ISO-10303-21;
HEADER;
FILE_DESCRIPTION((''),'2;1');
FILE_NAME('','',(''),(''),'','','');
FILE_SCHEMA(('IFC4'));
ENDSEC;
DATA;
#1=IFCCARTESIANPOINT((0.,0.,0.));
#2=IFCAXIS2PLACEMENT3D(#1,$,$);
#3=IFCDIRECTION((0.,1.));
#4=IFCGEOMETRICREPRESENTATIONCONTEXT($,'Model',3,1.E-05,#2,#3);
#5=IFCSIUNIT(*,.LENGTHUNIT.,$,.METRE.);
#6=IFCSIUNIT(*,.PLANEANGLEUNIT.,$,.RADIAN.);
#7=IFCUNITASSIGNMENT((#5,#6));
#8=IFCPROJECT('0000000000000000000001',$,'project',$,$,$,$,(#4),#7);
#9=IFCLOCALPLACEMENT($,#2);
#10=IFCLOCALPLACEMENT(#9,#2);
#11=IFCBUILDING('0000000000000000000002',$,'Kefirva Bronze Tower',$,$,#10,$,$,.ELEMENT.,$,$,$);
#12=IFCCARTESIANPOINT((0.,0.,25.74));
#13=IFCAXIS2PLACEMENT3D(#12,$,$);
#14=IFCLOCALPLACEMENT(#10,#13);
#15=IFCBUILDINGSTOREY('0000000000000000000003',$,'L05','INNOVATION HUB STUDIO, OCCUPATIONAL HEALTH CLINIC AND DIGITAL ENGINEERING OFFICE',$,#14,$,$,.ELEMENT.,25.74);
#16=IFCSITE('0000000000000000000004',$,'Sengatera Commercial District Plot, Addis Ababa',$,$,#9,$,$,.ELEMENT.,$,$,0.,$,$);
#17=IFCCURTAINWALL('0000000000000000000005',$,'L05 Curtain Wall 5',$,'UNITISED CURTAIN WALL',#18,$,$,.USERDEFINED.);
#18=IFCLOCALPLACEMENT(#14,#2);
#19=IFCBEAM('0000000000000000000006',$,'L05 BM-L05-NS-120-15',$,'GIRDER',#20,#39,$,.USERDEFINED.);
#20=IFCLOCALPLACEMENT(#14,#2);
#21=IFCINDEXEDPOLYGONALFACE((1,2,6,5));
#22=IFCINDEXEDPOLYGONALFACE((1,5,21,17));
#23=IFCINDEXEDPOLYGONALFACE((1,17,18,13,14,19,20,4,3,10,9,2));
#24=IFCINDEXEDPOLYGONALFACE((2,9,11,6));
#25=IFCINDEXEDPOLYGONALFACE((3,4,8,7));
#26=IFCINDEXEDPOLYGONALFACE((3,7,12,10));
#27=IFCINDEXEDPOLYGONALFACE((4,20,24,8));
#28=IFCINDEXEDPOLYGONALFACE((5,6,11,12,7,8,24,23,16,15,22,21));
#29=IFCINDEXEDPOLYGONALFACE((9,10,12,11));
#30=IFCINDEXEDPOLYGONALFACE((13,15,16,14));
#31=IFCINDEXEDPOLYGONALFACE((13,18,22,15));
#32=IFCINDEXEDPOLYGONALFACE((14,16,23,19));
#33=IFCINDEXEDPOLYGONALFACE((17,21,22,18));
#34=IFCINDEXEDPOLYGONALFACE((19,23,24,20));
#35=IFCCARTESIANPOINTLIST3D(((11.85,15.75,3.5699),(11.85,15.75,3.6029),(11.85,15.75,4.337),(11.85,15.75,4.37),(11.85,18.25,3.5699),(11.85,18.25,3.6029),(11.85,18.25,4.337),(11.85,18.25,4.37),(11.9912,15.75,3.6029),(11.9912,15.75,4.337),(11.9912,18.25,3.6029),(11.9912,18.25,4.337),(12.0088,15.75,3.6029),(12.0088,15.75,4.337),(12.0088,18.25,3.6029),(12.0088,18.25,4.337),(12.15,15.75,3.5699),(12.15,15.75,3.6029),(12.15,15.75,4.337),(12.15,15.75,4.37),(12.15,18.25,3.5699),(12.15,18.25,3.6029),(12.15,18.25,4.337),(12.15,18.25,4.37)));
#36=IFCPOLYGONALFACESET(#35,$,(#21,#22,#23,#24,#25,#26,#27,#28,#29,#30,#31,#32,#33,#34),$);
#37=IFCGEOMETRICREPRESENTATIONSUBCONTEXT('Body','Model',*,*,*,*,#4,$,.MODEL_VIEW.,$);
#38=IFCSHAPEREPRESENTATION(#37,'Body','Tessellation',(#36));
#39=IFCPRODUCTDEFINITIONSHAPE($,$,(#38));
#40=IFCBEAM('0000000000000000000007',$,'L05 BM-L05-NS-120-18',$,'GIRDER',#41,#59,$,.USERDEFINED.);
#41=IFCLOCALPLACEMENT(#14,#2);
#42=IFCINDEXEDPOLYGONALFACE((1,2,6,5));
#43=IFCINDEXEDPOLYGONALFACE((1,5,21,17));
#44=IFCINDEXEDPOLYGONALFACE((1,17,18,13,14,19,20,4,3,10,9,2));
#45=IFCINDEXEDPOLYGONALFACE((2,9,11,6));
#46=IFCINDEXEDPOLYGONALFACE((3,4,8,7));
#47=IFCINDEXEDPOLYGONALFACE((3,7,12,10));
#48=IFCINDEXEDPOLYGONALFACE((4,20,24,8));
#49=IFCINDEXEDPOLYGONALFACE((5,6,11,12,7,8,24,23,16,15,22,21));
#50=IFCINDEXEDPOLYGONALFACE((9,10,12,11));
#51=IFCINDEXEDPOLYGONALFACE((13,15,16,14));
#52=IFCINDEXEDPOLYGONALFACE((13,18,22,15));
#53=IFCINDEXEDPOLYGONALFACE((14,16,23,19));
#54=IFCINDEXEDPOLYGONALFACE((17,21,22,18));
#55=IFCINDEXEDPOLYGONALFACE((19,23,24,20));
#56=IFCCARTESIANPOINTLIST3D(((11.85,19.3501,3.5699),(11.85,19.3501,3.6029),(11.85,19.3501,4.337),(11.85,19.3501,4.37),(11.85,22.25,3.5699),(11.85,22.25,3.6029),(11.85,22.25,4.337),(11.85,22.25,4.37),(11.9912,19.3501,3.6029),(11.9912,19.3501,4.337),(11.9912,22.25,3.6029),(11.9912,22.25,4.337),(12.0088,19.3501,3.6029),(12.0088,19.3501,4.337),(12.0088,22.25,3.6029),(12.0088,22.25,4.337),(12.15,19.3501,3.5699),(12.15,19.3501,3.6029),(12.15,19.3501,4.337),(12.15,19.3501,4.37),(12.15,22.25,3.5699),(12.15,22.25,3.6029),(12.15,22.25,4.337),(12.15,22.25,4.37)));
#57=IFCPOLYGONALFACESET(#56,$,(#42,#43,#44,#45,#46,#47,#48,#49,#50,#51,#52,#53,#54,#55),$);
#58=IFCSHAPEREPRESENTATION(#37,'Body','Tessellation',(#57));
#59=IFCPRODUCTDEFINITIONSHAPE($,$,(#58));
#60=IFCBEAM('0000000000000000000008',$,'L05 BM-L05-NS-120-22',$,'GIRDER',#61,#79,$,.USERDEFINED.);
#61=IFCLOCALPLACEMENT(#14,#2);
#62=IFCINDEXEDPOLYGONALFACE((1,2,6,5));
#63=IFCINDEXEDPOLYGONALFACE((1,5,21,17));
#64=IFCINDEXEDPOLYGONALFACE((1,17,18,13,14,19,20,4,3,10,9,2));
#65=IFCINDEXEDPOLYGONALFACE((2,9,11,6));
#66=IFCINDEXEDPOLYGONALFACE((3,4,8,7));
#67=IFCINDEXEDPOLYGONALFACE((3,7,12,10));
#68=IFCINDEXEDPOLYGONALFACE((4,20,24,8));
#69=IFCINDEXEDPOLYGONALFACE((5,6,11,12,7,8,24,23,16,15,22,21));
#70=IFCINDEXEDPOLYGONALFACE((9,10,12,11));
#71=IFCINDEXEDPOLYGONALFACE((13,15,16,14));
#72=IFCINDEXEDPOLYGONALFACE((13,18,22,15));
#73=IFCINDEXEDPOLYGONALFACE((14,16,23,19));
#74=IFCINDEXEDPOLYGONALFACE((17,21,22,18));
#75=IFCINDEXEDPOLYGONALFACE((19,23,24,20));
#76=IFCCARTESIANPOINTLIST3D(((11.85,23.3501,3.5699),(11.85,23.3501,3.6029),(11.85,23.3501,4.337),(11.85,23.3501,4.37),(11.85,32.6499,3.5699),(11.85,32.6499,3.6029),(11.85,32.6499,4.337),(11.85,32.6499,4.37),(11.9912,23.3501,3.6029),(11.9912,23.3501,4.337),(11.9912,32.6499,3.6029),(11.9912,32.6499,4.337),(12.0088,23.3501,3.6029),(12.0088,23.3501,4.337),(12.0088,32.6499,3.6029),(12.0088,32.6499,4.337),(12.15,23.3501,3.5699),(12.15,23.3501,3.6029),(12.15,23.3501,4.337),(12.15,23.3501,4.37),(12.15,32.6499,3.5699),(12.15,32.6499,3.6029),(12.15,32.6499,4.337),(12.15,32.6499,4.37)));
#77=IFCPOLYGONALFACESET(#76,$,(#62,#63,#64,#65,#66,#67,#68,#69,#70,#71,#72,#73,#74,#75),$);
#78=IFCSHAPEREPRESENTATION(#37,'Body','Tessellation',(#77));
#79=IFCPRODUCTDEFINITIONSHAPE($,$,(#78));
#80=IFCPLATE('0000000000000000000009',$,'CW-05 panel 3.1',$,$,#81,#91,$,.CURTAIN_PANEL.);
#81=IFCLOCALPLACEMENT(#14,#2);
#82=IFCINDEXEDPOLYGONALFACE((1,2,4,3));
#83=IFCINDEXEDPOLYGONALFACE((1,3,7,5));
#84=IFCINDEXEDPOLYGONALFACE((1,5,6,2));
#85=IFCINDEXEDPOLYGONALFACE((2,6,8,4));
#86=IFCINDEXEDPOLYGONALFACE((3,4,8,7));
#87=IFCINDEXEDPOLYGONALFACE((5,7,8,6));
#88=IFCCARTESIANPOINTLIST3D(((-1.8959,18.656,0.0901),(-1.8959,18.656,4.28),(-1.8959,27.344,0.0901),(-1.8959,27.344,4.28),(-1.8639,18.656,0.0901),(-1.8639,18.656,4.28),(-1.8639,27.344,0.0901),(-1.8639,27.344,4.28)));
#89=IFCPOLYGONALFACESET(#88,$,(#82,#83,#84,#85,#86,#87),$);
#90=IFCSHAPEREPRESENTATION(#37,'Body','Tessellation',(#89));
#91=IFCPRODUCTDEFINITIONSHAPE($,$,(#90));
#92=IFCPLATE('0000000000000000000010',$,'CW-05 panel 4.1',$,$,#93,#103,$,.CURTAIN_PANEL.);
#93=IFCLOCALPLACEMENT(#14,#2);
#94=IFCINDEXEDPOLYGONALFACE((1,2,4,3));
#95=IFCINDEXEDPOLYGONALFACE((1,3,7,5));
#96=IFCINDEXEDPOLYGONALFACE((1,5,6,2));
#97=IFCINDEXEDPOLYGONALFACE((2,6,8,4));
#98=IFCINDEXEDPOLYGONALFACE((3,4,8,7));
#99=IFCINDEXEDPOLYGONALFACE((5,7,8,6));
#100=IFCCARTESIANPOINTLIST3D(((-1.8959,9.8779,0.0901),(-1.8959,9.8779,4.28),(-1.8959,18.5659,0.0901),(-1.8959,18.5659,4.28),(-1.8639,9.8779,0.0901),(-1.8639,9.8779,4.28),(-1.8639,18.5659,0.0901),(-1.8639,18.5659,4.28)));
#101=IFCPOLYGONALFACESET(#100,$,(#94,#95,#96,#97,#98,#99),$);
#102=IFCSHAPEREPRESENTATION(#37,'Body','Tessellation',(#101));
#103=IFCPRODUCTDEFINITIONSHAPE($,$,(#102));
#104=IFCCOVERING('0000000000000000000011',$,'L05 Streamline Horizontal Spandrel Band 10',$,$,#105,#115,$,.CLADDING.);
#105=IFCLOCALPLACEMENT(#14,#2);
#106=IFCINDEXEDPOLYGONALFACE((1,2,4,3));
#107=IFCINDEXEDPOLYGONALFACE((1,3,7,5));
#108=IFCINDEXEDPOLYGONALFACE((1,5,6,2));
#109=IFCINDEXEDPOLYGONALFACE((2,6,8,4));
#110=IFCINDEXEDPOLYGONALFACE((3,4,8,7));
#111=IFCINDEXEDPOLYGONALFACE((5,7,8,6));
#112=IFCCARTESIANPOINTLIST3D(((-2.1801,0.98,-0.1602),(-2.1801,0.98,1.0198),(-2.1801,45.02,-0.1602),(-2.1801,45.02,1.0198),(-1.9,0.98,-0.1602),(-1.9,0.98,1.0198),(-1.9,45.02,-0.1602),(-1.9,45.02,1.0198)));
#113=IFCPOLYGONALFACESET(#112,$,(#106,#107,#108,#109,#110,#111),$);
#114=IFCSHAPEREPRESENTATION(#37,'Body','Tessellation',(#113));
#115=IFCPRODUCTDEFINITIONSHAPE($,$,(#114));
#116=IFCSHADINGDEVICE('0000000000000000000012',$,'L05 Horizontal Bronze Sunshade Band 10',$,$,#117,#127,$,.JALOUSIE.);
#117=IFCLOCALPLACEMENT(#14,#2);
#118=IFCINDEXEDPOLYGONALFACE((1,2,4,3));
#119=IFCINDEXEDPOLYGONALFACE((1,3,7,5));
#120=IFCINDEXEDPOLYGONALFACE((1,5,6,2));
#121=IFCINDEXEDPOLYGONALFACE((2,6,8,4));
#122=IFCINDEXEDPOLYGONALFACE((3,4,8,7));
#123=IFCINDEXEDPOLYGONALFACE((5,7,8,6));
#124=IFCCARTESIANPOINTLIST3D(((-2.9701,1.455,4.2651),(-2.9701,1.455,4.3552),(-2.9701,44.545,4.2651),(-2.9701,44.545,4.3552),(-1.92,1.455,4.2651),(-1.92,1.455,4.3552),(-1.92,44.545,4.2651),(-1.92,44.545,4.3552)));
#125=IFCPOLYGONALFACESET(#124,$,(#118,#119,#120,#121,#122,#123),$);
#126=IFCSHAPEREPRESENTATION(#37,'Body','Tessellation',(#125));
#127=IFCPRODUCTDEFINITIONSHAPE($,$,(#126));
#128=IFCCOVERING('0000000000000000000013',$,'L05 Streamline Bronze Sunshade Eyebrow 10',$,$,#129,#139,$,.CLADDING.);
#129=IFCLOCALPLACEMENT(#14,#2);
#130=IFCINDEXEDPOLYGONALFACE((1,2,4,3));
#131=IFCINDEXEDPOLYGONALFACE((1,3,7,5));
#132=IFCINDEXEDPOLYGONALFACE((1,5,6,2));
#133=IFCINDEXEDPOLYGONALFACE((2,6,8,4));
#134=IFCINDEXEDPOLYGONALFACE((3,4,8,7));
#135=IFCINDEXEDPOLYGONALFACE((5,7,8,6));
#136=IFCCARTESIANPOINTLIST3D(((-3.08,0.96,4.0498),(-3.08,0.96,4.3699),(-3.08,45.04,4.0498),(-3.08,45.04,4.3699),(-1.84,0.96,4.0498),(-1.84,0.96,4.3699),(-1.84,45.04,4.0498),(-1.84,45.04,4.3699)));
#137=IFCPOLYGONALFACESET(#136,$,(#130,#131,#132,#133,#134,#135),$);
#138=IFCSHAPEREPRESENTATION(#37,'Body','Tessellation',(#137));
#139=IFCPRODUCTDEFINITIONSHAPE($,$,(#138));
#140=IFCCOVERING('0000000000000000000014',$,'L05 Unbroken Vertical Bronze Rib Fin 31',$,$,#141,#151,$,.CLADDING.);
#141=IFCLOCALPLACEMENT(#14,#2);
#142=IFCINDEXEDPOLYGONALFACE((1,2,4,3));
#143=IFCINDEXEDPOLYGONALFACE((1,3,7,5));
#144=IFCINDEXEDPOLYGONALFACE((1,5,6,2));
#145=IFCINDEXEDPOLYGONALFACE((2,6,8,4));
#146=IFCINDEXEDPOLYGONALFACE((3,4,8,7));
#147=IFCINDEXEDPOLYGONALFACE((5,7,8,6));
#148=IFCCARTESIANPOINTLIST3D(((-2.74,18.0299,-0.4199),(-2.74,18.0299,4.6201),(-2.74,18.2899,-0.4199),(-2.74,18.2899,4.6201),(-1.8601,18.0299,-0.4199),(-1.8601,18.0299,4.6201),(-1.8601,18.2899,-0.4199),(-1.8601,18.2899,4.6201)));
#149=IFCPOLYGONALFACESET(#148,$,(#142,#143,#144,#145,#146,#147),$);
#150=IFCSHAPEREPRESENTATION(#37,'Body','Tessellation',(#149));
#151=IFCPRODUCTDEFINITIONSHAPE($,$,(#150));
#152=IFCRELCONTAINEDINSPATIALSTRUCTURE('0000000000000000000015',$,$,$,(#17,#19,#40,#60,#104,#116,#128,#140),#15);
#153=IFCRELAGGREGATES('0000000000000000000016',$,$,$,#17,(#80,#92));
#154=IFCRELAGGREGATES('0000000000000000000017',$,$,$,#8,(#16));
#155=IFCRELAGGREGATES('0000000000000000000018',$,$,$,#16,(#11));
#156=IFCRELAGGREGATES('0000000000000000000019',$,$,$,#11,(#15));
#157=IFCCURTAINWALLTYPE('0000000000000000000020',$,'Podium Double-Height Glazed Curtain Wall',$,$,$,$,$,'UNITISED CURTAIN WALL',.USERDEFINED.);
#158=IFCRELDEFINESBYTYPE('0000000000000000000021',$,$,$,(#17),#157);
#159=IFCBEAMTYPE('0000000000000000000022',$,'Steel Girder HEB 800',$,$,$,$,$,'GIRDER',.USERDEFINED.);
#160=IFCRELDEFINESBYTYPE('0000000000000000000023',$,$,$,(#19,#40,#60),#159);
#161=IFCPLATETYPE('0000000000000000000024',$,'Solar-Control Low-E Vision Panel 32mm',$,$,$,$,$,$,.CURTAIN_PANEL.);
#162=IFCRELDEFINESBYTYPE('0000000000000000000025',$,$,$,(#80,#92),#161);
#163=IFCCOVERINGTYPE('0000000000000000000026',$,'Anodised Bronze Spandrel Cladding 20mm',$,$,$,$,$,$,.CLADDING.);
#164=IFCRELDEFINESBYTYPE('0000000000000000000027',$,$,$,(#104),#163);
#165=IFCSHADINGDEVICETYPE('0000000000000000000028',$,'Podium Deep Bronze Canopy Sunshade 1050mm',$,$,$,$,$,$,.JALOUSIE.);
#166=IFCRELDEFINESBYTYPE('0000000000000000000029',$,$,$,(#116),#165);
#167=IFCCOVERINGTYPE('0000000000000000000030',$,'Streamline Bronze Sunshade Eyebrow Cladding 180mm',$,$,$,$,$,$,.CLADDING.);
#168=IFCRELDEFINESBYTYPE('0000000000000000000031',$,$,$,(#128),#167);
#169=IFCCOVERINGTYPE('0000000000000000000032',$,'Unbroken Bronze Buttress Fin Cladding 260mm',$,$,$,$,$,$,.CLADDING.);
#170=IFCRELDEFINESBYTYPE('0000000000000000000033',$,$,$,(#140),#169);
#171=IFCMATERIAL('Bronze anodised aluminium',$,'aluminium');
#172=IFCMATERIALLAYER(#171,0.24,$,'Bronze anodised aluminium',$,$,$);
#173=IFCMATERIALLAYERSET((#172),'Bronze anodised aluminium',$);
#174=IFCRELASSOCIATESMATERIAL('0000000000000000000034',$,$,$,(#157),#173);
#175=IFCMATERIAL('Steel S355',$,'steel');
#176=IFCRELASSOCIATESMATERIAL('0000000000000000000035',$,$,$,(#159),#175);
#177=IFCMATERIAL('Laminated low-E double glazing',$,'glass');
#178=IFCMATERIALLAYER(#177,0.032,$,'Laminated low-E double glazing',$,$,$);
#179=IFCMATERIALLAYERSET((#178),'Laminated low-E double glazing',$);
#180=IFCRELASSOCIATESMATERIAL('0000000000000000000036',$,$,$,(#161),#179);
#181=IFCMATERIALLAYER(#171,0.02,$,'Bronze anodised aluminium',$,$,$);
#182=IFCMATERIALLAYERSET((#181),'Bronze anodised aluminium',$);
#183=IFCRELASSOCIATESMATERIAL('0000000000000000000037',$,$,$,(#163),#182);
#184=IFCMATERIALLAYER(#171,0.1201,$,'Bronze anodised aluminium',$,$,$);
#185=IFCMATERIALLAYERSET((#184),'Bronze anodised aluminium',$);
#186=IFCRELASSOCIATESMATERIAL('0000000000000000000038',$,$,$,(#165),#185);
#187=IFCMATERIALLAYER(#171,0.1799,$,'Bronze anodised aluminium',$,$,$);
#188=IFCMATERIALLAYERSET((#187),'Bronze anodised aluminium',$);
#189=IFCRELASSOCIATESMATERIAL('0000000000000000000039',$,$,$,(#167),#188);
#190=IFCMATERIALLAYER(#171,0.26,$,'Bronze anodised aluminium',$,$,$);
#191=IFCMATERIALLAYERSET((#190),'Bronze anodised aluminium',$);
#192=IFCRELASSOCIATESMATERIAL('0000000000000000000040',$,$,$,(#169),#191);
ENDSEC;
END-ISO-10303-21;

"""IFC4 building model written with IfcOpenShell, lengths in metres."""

from ifc_helpers import new_model, si_unit, direction, frame, origin, origin_2d, place, context, subcontext, project, spatial, rectangle, i_section, extrude, material, layer, layer_set, material_profile, profile_set, type_object, element, aggregate, save


model = new_model("IFC4")

# Units and contexts
model_context = context("Model", 3, precision=1e-05, world=origin(), true_north=direction((0.0, 1.0)))
body_context = subcontext(model_context, "Body", "Model", "MODEL_VIEW")
ifc_project = project(units=[si_unit("LENGTHUNIT", "METRE"), si_unit("PLANEANGLEUNIT", "RADIAN")], contexts=[model_context])

# Site, building, storey
site_placement = place(None, origin())
site = spatial("IfcSite", under=ifc_project, at=site_placement, Name="Sengatera Commercial District Plot, Addis Ababa", CompositionType="ELEMENT", RefElevation=0.0)
building_placement = place(site_placement, origin())
building = spatial("IfcBuilding", under=site, at=building_placement, Name="Kefirva Bronze Tower", CompositionType="ELEMENT")
storey_placement = place(building_placement, frame((0.0, 0.0, 25.74)))
storey = spatial("IfcBuildingStorey", under=building, at=storey_placement, Name="L05", Description="INNOVATION HUB STUDIO, OCCUPATIONAL HEALTH CLINIC AND DIGITAL ENGINEERING OFFICE", CompositionType="ELEMENT", Elevation=25.74)

# Curtain wall
ifc_material_1 = material(Name="Bronze anodised aluminium", Category="aluminium")
ifc_layer_1 = layer(ifc_material_1, 0.24, Name="Bronze anodised aluminium")
ifc_layer_set_1 = layer_set([ifc_layer_1], Name="Bronze anodised aluminium")
curtain_wall_type = type_object("IfcCurtainWallType", Name="Podium Double-Height Glazed Curtain Wall", ElementType="UNITISED CURTAIN WALL", PredefinedType="USERDEFINED", material=ifc_layer_set_1)
curtain_wall_placement = place(storey_placement, origin())
curtain_wall = element("IfcCurtainWall", 1, at=curtain_wall_placement, inside=storey, type_object=curtain_wall_type, Name="L05 Curtain Wall 5", ObjectType="UNITISED CURTAIN WALL", PredefinedType="USERDEFINED")

# Beams
ifc_material_2 = material(Name="Steel S355", Category="steel")
ifc_material_profile_1 = material_profile(ifc_material_2, i_section(OverallWidth=0.3, OverallDepth=0.8, WebThickness=0.0176, FlangeThickness=0.033, at=origin_2d()), Name="HEB 800")
ifc_profile_set_1 = profile_set([ifc_material_profile_1], Name="Steel S355")
beam_type = type_object("IfcBeamType", Name="Steel Girder HEB 800", ElementType="GIRDER", PredefinedType="USERDEFINED", material=ifc_profile_set_1)
beam_1_placement = place(storey_placement, frame((12.0, 15.75, 3.97), z_axis=(0.0, 1.0, 0.0), x_axis=(-1.0, 0.0, 0.0)))
element("IfcBeam", 2, at=beam_1_placement, inside=storey, type_object=beam_type, Name="L05 BM-L05-NS-120-15", ObjectType="GIRDER", PredefinedType="USERDEFINED", context=body_context, shape_type="SweptSolid", body=[
    extrude(i_section(OverallWidth=0.3, OverallDepth=0.8, WebThickness=0.0176, FlangeThickness=0.033, at=origin_2d()), origin(), (0.0, 0.0, 1.0), 2.5),
])
beam_2_placement = place(storey_placement, frame((12.0, 19.3501, 3.97), z_axis=(0.0, 1.0, 0.0), x_axis=(-1.0, 0.0, 0.0)))
element("IfcBeam", 3, at=beam_2_placement, inside=storey, type_object=beam_type, Name="L05 BM-L05-NS-120-18", ObjectType="GIRDER", PredefinedType="USERDEFINED", context=body_context, shape_type="SweptSolid", body=[
    extrude(i_section(OverallWidth=0.3, OverallDepth=0.8, WebThickness=0.0176, FlangeThickness=0.033, at=origin_2d()), origin(), (0.0, 0.0, 1.0), 2.8999),
])
beam_3_placement = place(storey_placement, frame((12.0, 23.3501, 3.97), z_axis=(0.0, 1.0, 0.0), x_axis=(-1.0, 0.0, 0.0)))
element("IfcBeam", 4, at=beam_3_placement, inside=storey, type_object=beam_type, Name="L05 BM-L05-NS-120-22", ObjectType="GIRDER", PredefinedType="USERDEFINED", context=body_context, shape_type="SweptSolid", body=[
    extrude(i_section(OverallWidth=0.3, OverallDepth=0.8, WebThickness=0.0176, FlangeThickness=0.033, at=origin_2d()), origin(), (0.0, 0.0, 1.0), 9.2998),
])

# Plates
ifc_material_3 = material(Name="Laminated low-E double glazing", Category="glass")
ifc_layer_2 = layer(ifc_material_3, 0.032, Name="Laminated low-E double glazing")
ifc_layer_set_2 = layer_set([ifc_layer_2], Name="Laminated low-E double glazing")
plate_type = type_object("IfcPlateType", Name="Solar-Control Low-E Vision Panel 32mm", PredefinedType="CURTAIN_PANEL", material=ifc_layer_set_2)
plate_1_placement = place(storey_placement, frame((-1.8799, 23.0, 0.0901), z_axis=(0.0, 0.0, 1.0), x_axis=(0.0, -1.0, 0.0)))
plate_1 = element("IfcPlate", 5, at=plate_1_placement, type_object=plate_type, Name="CW-05 panel 3.1", PredefinedType="CURTAIN_PANEL", context=body_context, shape_type="SweptSolid", body=[
    extrude(rectangle(XDim=8.688, YDim=0.032, at=origin_2d()), origin(), (0.0, 0.0, 1.0), 4.1899),
])
plate_2_placement = place(storey_placement, frame((-1.8799, 14.2219, 0.0901), z_axis=(0.0, 0.0, 1.0), x_axis=(0.0, -1.0, 0.0)))
plate_2 = element("IfcPlate", 6, at=plate_2_placement, type_object=plate_type, Name="CW-05 panel 4.1", PredefinedType="CURTAIN_PANEL", context=body_context, shape_type="SweptSolid", body=[
    extrude(rectangle(XDim=8.688, YDim=0.032, at=origin_2d()), origin(), (0.0, 0.0, 1.0), 4.1899),
])
aggregate(curtain_wall, [plate_1, plate_2])

# Covering
ifc_layer_3 = layer(ifc_material_1, 0.02, Name="Bronze anodised aluminium")
ifc_layer_set_3 = layer_set([ifc_layer_3], Name="Bronze anodised aluminium")
covering_type_1 = type_object("IfcCoveringType", Name="Anodised Bronze Spandrel Cladding 20mm", PredefinedType="CLADDING", material=ifc_layer_set_3)
covering_1_placement = place(storey_placement, frame((-2.04, 23.0, -0.1602), z_axis=(0.0, 0.0, 1.0), x_axis=(0.0, -1.0, 0.0)))
element("IfcCovering", 7, at=covering_1_placement, inside=storey, type_object=covering_type_1, Name="L05 Streamline Horizontal Spandrel Band 10", PredefinedType="CLADDING", context=body_context, shape_type="SweptSolid", body=[
    extrude(rectangle(XDim=44.04, YDim=0.28, at=origin_2d()), origin(), (0.0, 0.0, 1.0), 1.1799),
])

# Shading device
ifc_layer_4 = layer(ifc_material_1, 0.1201, Name="Bronze anodised aluminium")
ifc_layer_set_4 = layer_set([ifc_layer_4], Name="Bronze anodised aluminium")
shading_device_type = type_object("IfcShadingDeviceType", Name="Podium Deep Bronze Canopy Sunshade 1050mm", PredefinedType="JALOUSIE", material=ifc_layer_set_4)
shading_device_placement = place(storey_placement, frame((-2.4451, 23.0, 4.2651), z_axis=(0.0, 0.0, 1.0), x_axis=(0.0, -1.0, 0.0)))
element("IfcShadingDevice", 8, at=shading_device_placement, inside=storey, type_object=shading_device_type, Name="L05 Horizontal Bronze Sunshade Band 10", PredefinedType="JALOUSIE", context=body_context, shape_type="SweptSolid", body=[
    extrude(rectangle(XDim=43.0901, YDim=1.05, at=origin_2d()), origin(), (0.0, 0.0, 1.0), 0.0901),
])

# Coverings
ifc_layer_5 = layer(ifc_material_1, 0.1799, Name="Bronze anodised aluminium")
ifc_layer_set_5 = layer_set([ifc_layer_5], Name="Bronze anodised aluminium")
covering_type_2 = type_object("IfcCoveringType", Name="Streamline Bronze Sunshade Eyebrow Cladding 180mm", PredefinedType="CLADDING", material=ifc_layer_set_5)
covering_2_placement = place(storey_placement, frame((-2.46, 23.0, 4.0498), z_axis=(0.0, 0.0, 1.0), x_axis=(0.0, -1.0, 0.0)))
element("IfcCovering", 9, at=covering_2_placement, inside=storey, type_object=covering_type_2, Name="L05 Streamline Bronze Sunshade Eyebrow 10", PredefinedType="CLADDING", context=body_context, shape_type="SweptSolid", body=[
    extrude(rectangle(XDim=44.0801, YDim=1.24, at=origin_2d()), origin(), (0.0, 0.0, 1.0), 0.3201),
])
ifc_layer_6 = layer(ifc_material_1, 0.26, Name="Bronze anodised aluminium")
ifc_layer_set_6 = layer_set([ifc_layer_6], Name="Bronze anodised aluminium")
covering_type_3 = type_object("IfcCoveringType", Name="Unbroken Bronze Buttress Fin Cladding 260mm", PredefinedType="CLADDING", material=ifc_layer_set_6)
covering_3_placement = place(storey_placement, frame((-2.3, 18.1599, -0.4199), z_axis=(0.0, 0.0, 1.0), x_axis=(0.0, -1.0, 0.0)))
element("IfcCovering", 10, at=covering_3_placement, inside=storey, type_object=covering_type_3, Name="L05 Unbroken Vertical Bronze Rib Fin 31", PredefinedType="CLADDING", context=body_context, shape_type="SweptSolid", body=[
    extrude(rectangle(XDim=0.26, YDim=0.8799, at=origin_2d()), origin(), (0.0, 0.0, 1.0), 5.04),
])

save(model, "model.ifc")
